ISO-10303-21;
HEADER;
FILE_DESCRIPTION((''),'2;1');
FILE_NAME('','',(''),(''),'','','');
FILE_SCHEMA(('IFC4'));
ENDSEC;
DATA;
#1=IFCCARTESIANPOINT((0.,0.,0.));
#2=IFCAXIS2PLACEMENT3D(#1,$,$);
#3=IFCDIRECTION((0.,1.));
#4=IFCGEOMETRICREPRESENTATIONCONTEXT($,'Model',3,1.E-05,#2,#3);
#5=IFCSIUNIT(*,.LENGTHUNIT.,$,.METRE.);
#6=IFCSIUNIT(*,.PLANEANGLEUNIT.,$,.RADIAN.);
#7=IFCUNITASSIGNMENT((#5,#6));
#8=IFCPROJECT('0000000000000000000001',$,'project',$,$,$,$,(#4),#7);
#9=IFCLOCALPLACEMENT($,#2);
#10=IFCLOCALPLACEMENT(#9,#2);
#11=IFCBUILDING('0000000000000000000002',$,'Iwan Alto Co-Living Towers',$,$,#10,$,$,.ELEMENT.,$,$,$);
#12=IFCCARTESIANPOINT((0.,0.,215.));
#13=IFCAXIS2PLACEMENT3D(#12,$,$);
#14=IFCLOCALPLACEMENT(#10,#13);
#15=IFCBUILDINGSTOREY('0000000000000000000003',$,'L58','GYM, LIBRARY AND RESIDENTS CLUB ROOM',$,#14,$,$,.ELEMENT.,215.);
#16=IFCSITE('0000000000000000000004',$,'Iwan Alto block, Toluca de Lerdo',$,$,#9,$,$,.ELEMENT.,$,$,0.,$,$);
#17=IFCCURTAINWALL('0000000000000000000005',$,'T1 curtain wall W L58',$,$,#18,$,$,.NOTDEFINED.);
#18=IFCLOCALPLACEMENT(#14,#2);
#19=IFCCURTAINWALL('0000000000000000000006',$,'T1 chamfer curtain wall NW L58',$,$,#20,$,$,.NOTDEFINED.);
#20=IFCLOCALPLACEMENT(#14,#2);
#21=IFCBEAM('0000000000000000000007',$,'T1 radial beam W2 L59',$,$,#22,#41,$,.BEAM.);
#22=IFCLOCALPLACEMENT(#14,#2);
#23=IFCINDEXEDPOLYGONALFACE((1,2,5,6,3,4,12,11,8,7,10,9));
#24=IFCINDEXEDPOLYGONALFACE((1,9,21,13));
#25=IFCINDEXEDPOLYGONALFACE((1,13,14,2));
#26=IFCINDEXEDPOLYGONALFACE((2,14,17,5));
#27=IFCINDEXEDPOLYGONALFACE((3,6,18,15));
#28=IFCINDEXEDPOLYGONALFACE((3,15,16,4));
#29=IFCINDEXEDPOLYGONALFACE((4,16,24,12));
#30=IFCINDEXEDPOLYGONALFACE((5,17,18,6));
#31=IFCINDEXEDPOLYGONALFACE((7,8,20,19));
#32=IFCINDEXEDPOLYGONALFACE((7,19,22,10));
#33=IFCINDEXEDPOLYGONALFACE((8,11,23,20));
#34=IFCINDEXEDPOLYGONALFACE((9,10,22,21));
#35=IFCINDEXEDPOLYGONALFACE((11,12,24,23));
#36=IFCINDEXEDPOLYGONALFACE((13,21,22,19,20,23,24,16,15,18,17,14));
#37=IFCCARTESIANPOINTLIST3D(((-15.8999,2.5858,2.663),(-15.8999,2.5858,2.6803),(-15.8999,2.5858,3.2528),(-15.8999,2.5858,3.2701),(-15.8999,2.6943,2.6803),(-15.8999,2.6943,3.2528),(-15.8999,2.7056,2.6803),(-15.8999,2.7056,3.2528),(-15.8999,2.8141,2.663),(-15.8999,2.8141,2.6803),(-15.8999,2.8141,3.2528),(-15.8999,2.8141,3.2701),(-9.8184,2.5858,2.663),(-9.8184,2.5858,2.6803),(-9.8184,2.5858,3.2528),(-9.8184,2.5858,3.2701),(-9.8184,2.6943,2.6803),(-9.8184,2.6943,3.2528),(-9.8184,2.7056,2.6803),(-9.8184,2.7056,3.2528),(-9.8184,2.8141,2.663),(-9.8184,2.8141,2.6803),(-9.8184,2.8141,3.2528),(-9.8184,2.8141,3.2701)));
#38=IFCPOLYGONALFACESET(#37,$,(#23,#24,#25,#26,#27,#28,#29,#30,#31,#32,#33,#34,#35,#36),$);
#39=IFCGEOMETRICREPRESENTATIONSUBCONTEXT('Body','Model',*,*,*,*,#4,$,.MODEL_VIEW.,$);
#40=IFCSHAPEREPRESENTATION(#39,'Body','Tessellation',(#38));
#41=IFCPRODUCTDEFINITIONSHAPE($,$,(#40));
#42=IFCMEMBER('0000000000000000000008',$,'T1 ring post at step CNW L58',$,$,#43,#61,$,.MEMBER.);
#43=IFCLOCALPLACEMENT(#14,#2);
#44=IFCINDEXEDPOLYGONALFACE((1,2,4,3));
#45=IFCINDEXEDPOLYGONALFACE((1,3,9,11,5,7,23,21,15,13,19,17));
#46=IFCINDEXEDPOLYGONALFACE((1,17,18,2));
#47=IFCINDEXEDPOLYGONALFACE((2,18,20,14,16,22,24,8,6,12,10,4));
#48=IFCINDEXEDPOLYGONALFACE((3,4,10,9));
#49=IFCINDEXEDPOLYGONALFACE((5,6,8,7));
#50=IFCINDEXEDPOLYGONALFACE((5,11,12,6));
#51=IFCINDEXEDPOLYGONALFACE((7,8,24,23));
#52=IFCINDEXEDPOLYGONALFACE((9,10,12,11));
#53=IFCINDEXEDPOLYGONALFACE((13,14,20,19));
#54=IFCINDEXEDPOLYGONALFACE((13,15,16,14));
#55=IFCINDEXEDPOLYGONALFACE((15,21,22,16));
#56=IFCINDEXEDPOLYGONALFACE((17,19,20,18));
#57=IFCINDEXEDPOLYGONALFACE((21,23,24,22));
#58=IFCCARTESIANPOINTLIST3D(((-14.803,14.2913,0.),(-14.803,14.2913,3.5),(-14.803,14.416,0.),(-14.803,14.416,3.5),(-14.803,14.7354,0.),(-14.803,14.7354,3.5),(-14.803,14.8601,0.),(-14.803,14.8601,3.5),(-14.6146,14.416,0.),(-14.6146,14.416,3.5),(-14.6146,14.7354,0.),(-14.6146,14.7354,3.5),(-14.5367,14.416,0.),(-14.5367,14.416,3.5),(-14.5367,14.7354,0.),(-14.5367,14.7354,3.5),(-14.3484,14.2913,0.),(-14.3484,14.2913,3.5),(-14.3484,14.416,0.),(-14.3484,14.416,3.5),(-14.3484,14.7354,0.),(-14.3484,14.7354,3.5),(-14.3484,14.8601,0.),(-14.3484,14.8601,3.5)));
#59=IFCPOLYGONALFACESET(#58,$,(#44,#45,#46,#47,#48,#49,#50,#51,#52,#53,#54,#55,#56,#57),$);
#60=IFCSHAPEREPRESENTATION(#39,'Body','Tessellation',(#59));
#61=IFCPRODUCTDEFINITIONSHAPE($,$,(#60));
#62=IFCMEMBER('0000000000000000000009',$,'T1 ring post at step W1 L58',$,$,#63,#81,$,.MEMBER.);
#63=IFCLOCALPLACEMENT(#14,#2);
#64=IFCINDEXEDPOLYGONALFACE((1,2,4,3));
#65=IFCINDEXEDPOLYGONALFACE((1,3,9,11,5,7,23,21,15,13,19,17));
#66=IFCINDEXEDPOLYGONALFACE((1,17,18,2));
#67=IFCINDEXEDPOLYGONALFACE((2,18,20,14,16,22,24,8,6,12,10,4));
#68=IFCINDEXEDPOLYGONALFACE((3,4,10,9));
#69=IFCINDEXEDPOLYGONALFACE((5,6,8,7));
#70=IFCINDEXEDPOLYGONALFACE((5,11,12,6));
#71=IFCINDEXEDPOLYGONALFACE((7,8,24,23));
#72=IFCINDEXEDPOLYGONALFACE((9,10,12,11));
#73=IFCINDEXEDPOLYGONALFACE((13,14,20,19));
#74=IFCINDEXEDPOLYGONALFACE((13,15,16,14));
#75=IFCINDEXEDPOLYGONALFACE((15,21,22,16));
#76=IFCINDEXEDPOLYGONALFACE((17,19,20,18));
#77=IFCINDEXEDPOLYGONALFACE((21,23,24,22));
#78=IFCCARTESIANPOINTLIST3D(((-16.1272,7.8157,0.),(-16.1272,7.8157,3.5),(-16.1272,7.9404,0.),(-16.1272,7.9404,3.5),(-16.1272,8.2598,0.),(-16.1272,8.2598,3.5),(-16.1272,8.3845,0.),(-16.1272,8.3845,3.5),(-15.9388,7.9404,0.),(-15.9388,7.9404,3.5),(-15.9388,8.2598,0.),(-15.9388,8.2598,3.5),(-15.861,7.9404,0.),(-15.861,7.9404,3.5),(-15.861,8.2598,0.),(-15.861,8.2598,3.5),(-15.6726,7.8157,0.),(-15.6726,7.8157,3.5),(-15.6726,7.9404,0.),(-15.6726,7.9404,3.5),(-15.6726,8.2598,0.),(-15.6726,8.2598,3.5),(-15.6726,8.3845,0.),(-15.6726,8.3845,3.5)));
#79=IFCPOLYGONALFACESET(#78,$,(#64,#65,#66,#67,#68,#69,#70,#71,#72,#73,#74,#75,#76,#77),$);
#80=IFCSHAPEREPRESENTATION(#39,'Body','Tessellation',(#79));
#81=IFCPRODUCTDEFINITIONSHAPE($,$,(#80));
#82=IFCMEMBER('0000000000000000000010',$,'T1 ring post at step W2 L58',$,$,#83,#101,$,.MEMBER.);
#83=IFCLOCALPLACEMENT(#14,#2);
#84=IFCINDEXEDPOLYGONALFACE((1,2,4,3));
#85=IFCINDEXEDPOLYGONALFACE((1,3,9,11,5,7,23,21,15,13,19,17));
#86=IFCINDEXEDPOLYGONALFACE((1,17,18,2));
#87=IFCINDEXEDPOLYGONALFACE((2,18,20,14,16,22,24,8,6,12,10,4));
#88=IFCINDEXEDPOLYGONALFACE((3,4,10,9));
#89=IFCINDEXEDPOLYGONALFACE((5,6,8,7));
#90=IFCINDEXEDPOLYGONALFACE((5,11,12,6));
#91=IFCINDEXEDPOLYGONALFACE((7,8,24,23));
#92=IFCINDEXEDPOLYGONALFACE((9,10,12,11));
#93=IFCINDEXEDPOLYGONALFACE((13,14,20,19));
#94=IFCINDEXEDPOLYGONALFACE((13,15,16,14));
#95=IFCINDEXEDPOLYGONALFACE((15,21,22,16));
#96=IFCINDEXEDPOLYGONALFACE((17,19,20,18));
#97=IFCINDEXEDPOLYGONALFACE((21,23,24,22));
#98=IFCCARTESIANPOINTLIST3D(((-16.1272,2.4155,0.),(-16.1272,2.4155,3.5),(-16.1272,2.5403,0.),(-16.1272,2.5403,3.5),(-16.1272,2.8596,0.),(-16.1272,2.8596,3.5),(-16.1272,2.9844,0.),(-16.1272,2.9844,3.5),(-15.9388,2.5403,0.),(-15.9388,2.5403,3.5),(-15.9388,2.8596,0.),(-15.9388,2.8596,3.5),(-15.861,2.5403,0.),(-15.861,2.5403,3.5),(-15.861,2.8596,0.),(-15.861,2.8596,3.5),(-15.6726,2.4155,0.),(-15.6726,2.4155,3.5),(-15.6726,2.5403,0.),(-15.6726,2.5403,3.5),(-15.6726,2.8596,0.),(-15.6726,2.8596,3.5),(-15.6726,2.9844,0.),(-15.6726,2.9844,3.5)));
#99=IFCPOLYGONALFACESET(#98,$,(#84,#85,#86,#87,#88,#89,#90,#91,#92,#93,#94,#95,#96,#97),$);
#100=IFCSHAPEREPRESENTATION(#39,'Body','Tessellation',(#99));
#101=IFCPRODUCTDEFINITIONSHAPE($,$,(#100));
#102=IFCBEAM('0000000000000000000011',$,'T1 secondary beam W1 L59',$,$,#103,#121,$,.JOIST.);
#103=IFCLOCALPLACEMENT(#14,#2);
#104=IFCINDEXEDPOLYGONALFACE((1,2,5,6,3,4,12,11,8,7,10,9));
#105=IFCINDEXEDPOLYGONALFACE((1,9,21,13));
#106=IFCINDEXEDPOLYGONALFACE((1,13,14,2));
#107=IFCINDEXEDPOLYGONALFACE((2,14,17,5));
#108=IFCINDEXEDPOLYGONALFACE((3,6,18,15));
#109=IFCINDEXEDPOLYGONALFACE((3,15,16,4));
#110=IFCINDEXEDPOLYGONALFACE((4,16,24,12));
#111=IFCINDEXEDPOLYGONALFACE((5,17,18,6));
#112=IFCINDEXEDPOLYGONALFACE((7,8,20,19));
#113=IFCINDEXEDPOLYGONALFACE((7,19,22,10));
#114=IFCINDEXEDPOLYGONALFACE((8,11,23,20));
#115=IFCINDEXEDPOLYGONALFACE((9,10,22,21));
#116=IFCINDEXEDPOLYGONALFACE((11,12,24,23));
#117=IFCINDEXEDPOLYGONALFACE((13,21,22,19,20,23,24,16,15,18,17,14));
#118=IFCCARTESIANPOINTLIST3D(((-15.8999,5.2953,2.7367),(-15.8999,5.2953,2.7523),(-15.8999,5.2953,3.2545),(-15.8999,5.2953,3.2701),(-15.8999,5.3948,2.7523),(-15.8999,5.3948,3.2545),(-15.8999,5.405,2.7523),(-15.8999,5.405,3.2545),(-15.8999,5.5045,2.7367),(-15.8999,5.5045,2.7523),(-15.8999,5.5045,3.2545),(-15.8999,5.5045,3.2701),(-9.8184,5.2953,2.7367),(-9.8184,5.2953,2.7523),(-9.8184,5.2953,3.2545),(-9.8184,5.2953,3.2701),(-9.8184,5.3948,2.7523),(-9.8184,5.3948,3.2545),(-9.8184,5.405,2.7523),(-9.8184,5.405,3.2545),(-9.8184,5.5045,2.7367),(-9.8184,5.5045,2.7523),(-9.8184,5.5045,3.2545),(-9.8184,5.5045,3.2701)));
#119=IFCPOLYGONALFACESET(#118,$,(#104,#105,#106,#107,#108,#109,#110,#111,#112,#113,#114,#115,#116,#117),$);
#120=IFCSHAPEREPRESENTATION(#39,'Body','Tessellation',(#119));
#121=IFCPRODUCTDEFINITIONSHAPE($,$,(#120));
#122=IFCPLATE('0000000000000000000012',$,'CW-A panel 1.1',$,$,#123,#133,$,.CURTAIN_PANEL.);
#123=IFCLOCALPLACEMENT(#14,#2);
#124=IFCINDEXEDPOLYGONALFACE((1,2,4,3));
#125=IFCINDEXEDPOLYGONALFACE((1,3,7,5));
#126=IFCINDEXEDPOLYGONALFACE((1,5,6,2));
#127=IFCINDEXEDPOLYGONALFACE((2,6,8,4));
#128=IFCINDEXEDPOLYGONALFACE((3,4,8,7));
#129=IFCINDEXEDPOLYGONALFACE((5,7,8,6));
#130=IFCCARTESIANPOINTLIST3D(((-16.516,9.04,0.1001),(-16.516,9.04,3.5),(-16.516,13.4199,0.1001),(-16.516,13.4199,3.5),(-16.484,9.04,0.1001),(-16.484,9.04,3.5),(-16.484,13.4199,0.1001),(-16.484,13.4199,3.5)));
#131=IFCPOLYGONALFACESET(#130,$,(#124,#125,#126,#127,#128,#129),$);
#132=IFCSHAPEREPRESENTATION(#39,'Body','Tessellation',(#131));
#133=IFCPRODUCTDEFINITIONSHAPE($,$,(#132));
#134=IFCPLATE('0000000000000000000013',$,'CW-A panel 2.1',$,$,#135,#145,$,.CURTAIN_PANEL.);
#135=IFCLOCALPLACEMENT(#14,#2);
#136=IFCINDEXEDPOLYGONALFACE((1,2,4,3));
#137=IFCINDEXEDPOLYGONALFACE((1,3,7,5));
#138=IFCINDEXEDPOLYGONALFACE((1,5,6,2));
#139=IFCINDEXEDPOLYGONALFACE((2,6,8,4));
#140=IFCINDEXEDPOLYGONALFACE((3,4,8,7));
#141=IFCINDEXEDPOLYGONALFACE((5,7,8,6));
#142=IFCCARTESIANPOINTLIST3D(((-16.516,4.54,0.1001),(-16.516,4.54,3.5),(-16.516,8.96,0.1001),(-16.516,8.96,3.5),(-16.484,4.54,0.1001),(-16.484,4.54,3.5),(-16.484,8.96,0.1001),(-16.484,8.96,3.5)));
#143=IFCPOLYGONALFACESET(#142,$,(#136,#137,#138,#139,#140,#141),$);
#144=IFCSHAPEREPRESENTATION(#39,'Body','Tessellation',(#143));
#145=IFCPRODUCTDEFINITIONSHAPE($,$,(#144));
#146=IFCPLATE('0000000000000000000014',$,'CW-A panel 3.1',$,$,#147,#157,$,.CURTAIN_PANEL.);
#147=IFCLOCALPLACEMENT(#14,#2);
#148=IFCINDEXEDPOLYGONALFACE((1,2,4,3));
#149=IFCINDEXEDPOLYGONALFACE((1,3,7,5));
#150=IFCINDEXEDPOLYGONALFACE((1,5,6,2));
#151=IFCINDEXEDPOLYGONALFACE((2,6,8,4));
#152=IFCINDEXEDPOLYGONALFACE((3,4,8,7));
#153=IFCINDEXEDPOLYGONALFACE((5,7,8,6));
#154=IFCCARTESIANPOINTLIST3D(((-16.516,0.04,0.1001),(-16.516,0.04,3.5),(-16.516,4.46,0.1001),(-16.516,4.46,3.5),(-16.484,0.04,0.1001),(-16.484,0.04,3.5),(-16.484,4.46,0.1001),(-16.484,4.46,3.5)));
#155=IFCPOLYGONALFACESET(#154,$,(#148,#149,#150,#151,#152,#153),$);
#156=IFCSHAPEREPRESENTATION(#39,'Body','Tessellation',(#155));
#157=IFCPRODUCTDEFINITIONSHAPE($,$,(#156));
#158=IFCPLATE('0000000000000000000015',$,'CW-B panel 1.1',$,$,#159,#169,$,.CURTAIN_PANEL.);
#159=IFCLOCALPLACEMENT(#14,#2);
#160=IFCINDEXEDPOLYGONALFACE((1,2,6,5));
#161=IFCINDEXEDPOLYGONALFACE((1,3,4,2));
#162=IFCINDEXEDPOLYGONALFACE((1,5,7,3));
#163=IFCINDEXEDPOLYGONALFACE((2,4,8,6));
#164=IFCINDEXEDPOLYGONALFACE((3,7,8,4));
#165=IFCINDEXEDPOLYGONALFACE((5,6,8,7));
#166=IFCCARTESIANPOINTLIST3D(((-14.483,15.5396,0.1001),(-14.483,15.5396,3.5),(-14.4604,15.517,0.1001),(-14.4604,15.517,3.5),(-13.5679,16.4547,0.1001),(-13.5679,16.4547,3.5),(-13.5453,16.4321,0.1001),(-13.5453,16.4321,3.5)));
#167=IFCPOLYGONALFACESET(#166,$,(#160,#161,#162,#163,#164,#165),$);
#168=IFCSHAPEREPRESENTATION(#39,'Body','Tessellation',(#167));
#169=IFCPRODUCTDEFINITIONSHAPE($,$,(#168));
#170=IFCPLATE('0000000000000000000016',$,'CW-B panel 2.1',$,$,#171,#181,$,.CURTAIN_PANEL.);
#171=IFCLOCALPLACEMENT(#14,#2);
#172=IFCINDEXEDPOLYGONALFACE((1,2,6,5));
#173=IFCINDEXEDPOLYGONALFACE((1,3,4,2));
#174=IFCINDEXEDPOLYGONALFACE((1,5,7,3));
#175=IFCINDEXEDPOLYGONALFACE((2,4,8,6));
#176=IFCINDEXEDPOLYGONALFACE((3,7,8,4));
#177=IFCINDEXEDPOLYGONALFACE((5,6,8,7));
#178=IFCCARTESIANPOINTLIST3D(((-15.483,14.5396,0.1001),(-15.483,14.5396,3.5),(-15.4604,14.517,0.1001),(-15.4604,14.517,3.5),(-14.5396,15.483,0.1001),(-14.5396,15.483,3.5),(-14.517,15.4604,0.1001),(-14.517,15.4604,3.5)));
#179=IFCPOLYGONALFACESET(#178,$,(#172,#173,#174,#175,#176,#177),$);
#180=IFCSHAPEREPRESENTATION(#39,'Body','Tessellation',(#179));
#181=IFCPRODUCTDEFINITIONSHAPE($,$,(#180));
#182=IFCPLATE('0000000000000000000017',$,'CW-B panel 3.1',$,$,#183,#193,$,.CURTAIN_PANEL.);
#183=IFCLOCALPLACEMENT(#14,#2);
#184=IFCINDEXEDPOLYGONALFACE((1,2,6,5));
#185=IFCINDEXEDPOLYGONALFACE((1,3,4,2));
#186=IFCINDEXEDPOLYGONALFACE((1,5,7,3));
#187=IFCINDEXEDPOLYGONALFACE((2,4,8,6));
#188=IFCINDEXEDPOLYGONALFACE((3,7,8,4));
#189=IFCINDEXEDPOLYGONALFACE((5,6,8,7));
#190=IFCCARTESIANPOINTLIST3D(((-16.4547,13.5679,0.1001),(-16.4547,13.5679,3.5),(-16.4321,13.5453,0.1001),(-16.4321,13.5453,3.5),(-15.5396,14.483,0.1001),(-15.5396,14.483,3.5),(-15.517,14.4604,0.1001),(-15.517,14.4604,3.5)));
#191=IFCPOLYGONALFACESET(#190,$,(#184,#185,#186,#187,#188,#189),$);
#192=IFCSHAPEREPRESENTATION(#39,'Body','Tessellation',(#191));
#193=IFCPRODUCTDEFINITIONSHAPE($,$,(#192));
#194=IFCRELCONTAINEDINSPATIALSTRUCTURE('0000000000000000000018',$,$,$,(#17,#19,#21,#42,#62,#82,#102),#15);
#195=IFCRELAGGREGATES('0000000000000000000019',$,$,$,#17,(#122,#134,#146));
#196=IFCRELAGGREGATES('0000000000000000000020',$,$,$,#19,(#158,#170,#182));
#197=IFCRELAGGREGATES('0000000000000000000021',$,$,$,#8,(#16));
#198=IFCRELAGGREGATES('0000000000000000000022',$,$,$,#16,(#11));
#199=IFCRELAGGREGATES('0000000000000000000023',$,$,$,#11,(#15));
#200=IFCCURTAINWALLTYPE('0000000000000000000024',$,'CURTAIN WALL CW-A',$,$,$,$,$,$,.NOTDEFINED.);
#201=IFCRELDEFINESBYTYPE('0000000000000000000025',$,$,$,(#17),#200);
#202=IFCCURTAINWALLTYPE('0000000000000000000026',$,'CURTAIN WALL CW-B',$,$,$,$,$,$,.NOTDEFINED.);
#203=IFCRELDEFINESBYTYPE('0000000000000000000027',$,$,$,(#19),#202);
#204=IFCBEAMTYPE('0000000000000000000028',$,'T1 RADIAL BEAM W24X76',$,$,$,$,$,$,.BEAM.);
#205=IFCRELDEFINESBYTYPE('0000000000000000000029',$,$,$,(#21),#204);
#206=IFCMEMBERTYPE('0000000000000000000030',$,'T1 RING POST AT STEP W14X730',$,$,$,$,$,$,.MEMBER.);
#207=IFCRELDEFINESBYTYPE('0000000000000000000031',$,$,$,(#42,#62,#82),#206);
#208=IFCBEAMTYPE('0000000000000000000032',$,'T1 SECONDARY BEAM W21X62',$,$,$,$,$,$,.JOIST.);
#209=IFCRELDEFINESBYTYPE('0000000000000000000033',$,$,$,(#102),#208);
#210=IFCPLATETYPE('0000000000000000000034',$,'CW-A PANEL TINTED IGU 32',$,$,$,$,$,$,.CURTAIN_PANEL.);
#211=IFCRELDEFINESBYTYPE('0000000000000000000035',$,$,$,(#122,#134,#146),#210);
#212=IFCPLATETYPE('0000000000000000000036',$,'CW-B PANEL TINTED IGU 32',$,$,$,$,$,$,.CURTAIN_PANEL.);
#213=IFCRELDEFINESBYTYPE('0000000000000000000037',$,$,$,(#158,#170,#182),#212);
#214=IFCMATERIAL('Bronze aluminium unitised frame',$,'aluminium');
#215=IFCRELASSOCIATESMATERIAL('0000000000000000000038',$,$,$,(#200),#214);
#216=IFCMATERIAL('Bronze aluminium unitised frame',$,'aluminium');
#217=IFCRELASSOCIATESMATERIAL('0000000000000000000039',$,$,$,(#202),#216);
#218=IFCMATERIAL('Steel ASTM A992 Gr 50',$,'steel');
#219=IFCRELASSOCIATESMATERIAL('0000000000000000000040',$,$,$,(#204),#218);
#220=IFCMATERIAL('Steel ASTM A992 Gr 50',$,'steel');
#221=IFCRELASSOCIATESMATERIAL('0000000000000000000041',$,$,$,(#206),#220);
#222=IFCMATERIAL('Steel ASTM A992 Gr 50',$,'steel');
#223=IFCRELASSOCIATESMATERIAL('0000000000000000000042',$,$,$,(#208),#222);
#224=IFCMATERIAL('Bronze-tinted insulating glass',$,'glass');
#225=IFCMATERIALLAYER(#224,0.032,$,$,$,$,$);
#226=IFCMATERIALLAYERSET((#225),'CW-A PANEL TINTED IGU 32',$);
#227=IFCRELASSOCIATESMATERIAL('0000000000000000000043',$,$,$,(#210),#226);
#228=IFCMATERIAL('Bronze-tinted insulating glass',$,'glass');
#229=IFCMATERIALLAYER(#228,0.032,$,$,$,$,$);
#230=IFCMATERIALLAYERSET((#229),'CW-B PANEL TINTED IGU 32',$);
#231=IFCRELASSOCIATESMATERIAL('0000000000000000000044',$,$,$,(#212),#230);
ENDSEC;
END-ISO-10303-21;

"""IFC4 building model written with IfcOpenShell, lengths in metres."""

from ifc_helpers import new_model, si_unit, direction, frame, origin, origin_2d, place, context, subcontext, project, spatial, rectangle, i_section, extrude, material, layer, layer_set, material_profile, profile_set, type_object, element, aggregate, save


model = new_model("IFC4")

# Units and contexts
model_context = context("Model", 3, precision=1e-05, world=origin(), true_north=direction((0.0, 1.0)))
body_context = subcontext(model_context, "Body", "Model", "MODEL_VIEW")
ifc_project = project(units=[si_unit("LENGTHUNIT", "METRE"), si_unit("PLANEANGLEUNIT", "RADIAN")], contexts=[model_context])

# Site, building, storey
site_placement = place(None, origin())
site = spatial("IfcSite", under=ifc_project, at=site_placement, Name="Iwan Alto block, Toluca de Lerdo", CompositionType="ELEMENT", RefElevation=0.0)
building_placement = place(site_placement, origin())
building = spatial("IfcBuilding", under=site, at=building_placement, Name="Iwan Alto Co-Living Towers", CompositionType="ELEMENT")
storey_placement = place(building_placement, frame((0.0, 0.0, 215.0)))
storey = spatial("IfcBuildingStorey", under=building, at=storey_placement, Name="L58", Description="GYM, LIBRARY AND RESIDENTS CLUB ROOM", CompositionType="ELEMENT", Elevation=215.0)

# Curtain walls
ifc_material_1 = material(Name="Bronze aluminium unitised frame", Category="aluminium")
curtain_wall_type_1 = type_object("IfcCurtainWallType", Name="CURTAIN WALL CW-A", PredefinedType="NOTDEFINED", material=ifc_material_1)
curtain_wall_1_placement = place(storey_placement, origin())
curtain_wall_1 = element("IfcCurtainWall", 1, at=curtain_wall_1_placement, inside=storey, type_object=curtain_wall_type_1, Name="T1 curtain wall W L58", PredefinedType="NOTDEFINED")
ifc_material_2 = material(Name="Bronze aluminium unitised frame", Category="aluminium")
curtain_wall_type_2 = type_object("IfcCurtainWallType", Name="CURTAIN WALL CW-B", PredefinedType="NOTDEFINED", material=ifc_material_2)
curtain_wall_2_placement = place(storey_placement, origin())
curtain_wall_2 = element("IfcCurtainWall", 2, at=curtain_wall_2_placement, inside=storey, type_object=curtain_wall_type_2, Name="T1 chamfer curtain wall NW L58", PredefinedType="NOTDEFINED")

# Beam
ifc_material_3 = material(Name="Steel ASTM A992 Gr 50", Category="steel")
ifc_material_profile_1 = material_profile(ifc_material_3, i_section(OverallWidth=0.2283, OverallDepth=0.6072, WebThickness=0.0112, FlangeThickness=0.0173, at=origin_2d()), Name="W24X76")
ifc_profile_set_1 = profile_set([ifc_material_profile_1], Name="Steel ASTM A992 Gr 50")
beam_type_1 = type_object("IfcBeamType", Name="T1 RADIAL BEAM W24X76", PredefinedType="BEAM", material=ifc_profile_set_1)
for number, where, z_axis, x_axis, name in (
    (3, (-15.8999, 2.7, 2.9666), (1.0, 0.0, 0.0), (0.0, 1.0, 0.0), "T1 radial beam W2 L59"),
):
    element("IfcBeam", number, at=place(storey_placement, frame(where, z_axis=z_axis, x_axis=x_axis)), inside=storey, type_object=beam_type_1, Name=name, PredefinedType="BEAM", context=body_context, shape_type="SweptSolid", body=[
        extrude(i_section(OverallWidth=0.2283, OverallDepth=0.6072, WebThickness=0.0112, FlangeThickness=0.0173, at=origin_2d()), origin(), (0.0, 0.0, 1.0), 6.0815),
    ])

# Members
ifc_material_4 = material(Name="Steel ASTM A992 Gr 50", Category="steel")
ifc_material_profile_2 = material_profile(ifc_material_4, i_section(OverallWidth=0.4546, OverallDepth=0.5688, WebThickness=0.0779, FlangeThickness=0.1248, at=origin_2d()), Name="W14X730")
ifc_profile_set_2 = profile_set([ifc_material_profile_2], Name="Steel ASTM A992 Gr 50")
member_type_1 = type_object("IfcMemberType", Name="T1 RING POST AT STEP W14X730", PredefinedType="MEMBER", material=ifc_profile_set_2)
for number, where, z_axis, x_axis, name in (
    (4, (-14.5757, 14.5757, 0.0), (0.0, 0.0, 1.0), (1.0, 0.0, 0.0), "T1 ring post at step CNW L58"),
    (5, (-15.8999, 8.1001, 0.0), (0.0, 0.0, 1.0), (1.0, 0.0, 0.0), "T1 ring post at step W1 L58"),
    (6, (-15.8999, 2.7, 0.0), (0.0, 0.0, 1.0), (1.0, 0.0, 0.0), "T1 ring post at step W2 L58"),
):
    element("IfcMember", number, at=place(storey_placement, frame(where, z_axis=z_axis, x_axis=x_axis)), inside=storey, type_object=member_type_1, Name=name, PredefinedType="MEMBER", context=body_context, shape_type="SweptSolid", body=[
        extrude(i_section(OverallWidth=0.4546, OverallDepth=0.5688, WebThickness=0.0779, FlangeThickness=0.1248, at=origin_2d()), origin(), (0.0, 0.0, 1.0), 3.5),
    ])

# Beam
ifc_material_5 = material(Name="Steel ASTM A992 Gr 50", Category="steel")
ifc_material_profile_3 = material_profile(ifc_material_5, i_section(OverallWidth=0.2092, OverallDepth=0.5334, WebThickness=0.0103, FlangeThickness=0.0156, at=origin_2d()), Name="W21X62")
ifc_profile_set_3 = profile_set([ifc_material_profile_3], Name="Steel ASTM A992 Gr 50")
beam_type_2 = type_object("IfcBeamType", Name="T1 SECONDARY BEAM W21X62", PredefinedType="JOIST", material=ifc_profile_set_3)
beam_1_placement = place(storey_placement, frame((-15.8999, 5.3999, 3.0034), z_axis=(1.0, 0.0, 0.0), x_axis=(0.0, 1.0, 0.0)))
element("IfcBeam", 7, at=beam_1_placement, inside=storey, type_object=beam_type_2, Name="T1 secondary beam W1 L59", PredefinedType="JOIST", context=body_context, shape_type="SweptSolid", body=[
    extrude(i_section(OverallWidth=0.2092, OverallDepth=0.5334, WebThickness=0.0103, FlangeThickness=0.0156, at=origin_2d()), origin(), (0.0, 0.0, 1.0), 6.0815),
])

# Plates
ifc_material_6 = material(Name="Bronze-tinted insulating glass", Category="glass")
ifc_layer_1 = layer(ifc_material_6, 0.032)
ifc_layer_set_1 = layer_set([ifc_layer_1], Name="CW-A PANEL TINTED IGU 32")
plate_type_1 = type_object("IfcPlateType", Name="CW-A PANEL TINTED IGU 32", PredefinedType="CURTAIN_PANEL", material=ifc_layer_set_1)
plate_1_placement = place(storey_placement, frame((-16.5, 11.23, 0.1001), z_axis=(0.0, 0.0, 1.0), x_axis=(0.0, -1.0, 0.0)))
plate_1 = element("IfcPlate", 8, at=plate_1_placement, type_object=plate_type_1, Name="CW-A panel 1.1", PredefinedType="CURTAIN_PANEL", context=body_context, shape_type="SweptSolid", body=[
    extrude(rectangle(XDim=4.3799, YDim=0.032, at=origin_2d()), origin(), (0.0, 0.0, 1.0), 3.3999),
])
plate_2_placement = place(storey_placement, frame((-16.5, 6.75, 0.1001), z_axis=(0.0, 0.0, 1.0), x_axis=(0.0, -1.0, 0.0)))
plate_2 = element("IfcPlate", 9, at=plate_2_placement, type_object=plate_type_1, Name="CW-A panel 2.1", PredefinedType="CURTAIN_PANEL", context=body_context, shape_type="SweptSolid", body=[
    extrude(rectangle(XDim=4.4199, YDim=0.032, at=origin_2d()), origin(), (0.0, 0.0, 1.0), 3.3999),
])
plate_3_placement = place(storey_placement, frame((-16.5, 2.25, 0.1001), z_axis=(0.0, 0.0, 1.0), x_axis=(0.0, -1.0, 0.0)))
plate_3 = element("IfcPlate", 10, at=plate_3_placement, type_object=plate_type_1, Name="CW-A panel 3.1", PredefinedType="CURTAIN_PANEL", context=body_context, shape_type="SweptSolid", body=[
    extrude(rectangle(XDim=4.4199, YDim=0.032, at=origin_2d()), origin(), (0.0, 0.0, 1.0), 3.3999),
])
aggregate(curtain_wall_1, [plate_1, plate_2, plate_3])
ifc_material_7 = material(Name="Bronze-tinted insulating glass", Category="glass")
ifc_layer_2 = layer(ifc_material_7, 0.032)
ifc_layer_set_2 = layer_set([ifc_layer_2], Name="CW-B PANEL TINTED IGU 32")
plate_type_2 = type_object("IfcPlateType", Name="CW-B PANEL TINTED IGU 32", PredefinedType="CURTAIN_PANEL", material=ifc_layer_set_2)
plate_4_placement = place(storey_placement, frame((-14.0142, 15.9858, 0.1001), z_axis=(0.0, 0.0, 1.0), x_axis=(-0.707107, -0.707107, 0.0)))
plate_4 = element("IfcPlate", 11, at=plate_4_placement, type_object=plate_type_2, Name="CW-B panel 1.1", PredefinedType="CURTAIN_PANEL", context=body_context, shape_type="SweptSolid", body=[
    extrude(rectangle(XDim=1.2942, YDim=0.032, at=origin_2d()), origin(), (0.0, 0.0, 1.0), 3.3999),
])
plate_5_placement = place(storey_placement, frame((-15.0, 15.0, 0.1001), z_axis=(0.0, 0.0, 1.0), x_axis=(-0.707107, -0.707107, 0.0)))
plate_5 = element("IfcPlate", 12, at=plate_5_placement, type_object=plate_type_2, Name="CW-B panel 2.1", PredefinedType="CURTAIN_PANEL", context=body_context, shape_type="SweptSolid", body=[
    extrude(rectangle(XDim=1.3342, YDim=0.032, at=origin_2d()), origin(), (0.0, 0.0, 1.0), 3.3999),
])
plate_6_placement = place(storey_placement, frame((-15.9858, 14.0142, 0.1001), z_axis=(0.0, 0.0, 1.0), x_axis=(-0.707107, -0.707107, 0.0)))
plate_6 = element("IfcPlate", 13, at=plate_6_placement, type_object=plate_type_2, Name="CW-B panel 3.1", PredefinedType="CURTAIN_PANEL", context=body_context, shape_type="SweptSolid", body=[
    extrude(rectangle(XDim=1.2942, YDim=0.032, at=origin_2d()), origin(), (0.0, 0.0, 1.0), 3.3999),
])
aggregate(curtain_wall_2, [plate_4, plate_5, plate_6])

save(model, "model.ifc")
